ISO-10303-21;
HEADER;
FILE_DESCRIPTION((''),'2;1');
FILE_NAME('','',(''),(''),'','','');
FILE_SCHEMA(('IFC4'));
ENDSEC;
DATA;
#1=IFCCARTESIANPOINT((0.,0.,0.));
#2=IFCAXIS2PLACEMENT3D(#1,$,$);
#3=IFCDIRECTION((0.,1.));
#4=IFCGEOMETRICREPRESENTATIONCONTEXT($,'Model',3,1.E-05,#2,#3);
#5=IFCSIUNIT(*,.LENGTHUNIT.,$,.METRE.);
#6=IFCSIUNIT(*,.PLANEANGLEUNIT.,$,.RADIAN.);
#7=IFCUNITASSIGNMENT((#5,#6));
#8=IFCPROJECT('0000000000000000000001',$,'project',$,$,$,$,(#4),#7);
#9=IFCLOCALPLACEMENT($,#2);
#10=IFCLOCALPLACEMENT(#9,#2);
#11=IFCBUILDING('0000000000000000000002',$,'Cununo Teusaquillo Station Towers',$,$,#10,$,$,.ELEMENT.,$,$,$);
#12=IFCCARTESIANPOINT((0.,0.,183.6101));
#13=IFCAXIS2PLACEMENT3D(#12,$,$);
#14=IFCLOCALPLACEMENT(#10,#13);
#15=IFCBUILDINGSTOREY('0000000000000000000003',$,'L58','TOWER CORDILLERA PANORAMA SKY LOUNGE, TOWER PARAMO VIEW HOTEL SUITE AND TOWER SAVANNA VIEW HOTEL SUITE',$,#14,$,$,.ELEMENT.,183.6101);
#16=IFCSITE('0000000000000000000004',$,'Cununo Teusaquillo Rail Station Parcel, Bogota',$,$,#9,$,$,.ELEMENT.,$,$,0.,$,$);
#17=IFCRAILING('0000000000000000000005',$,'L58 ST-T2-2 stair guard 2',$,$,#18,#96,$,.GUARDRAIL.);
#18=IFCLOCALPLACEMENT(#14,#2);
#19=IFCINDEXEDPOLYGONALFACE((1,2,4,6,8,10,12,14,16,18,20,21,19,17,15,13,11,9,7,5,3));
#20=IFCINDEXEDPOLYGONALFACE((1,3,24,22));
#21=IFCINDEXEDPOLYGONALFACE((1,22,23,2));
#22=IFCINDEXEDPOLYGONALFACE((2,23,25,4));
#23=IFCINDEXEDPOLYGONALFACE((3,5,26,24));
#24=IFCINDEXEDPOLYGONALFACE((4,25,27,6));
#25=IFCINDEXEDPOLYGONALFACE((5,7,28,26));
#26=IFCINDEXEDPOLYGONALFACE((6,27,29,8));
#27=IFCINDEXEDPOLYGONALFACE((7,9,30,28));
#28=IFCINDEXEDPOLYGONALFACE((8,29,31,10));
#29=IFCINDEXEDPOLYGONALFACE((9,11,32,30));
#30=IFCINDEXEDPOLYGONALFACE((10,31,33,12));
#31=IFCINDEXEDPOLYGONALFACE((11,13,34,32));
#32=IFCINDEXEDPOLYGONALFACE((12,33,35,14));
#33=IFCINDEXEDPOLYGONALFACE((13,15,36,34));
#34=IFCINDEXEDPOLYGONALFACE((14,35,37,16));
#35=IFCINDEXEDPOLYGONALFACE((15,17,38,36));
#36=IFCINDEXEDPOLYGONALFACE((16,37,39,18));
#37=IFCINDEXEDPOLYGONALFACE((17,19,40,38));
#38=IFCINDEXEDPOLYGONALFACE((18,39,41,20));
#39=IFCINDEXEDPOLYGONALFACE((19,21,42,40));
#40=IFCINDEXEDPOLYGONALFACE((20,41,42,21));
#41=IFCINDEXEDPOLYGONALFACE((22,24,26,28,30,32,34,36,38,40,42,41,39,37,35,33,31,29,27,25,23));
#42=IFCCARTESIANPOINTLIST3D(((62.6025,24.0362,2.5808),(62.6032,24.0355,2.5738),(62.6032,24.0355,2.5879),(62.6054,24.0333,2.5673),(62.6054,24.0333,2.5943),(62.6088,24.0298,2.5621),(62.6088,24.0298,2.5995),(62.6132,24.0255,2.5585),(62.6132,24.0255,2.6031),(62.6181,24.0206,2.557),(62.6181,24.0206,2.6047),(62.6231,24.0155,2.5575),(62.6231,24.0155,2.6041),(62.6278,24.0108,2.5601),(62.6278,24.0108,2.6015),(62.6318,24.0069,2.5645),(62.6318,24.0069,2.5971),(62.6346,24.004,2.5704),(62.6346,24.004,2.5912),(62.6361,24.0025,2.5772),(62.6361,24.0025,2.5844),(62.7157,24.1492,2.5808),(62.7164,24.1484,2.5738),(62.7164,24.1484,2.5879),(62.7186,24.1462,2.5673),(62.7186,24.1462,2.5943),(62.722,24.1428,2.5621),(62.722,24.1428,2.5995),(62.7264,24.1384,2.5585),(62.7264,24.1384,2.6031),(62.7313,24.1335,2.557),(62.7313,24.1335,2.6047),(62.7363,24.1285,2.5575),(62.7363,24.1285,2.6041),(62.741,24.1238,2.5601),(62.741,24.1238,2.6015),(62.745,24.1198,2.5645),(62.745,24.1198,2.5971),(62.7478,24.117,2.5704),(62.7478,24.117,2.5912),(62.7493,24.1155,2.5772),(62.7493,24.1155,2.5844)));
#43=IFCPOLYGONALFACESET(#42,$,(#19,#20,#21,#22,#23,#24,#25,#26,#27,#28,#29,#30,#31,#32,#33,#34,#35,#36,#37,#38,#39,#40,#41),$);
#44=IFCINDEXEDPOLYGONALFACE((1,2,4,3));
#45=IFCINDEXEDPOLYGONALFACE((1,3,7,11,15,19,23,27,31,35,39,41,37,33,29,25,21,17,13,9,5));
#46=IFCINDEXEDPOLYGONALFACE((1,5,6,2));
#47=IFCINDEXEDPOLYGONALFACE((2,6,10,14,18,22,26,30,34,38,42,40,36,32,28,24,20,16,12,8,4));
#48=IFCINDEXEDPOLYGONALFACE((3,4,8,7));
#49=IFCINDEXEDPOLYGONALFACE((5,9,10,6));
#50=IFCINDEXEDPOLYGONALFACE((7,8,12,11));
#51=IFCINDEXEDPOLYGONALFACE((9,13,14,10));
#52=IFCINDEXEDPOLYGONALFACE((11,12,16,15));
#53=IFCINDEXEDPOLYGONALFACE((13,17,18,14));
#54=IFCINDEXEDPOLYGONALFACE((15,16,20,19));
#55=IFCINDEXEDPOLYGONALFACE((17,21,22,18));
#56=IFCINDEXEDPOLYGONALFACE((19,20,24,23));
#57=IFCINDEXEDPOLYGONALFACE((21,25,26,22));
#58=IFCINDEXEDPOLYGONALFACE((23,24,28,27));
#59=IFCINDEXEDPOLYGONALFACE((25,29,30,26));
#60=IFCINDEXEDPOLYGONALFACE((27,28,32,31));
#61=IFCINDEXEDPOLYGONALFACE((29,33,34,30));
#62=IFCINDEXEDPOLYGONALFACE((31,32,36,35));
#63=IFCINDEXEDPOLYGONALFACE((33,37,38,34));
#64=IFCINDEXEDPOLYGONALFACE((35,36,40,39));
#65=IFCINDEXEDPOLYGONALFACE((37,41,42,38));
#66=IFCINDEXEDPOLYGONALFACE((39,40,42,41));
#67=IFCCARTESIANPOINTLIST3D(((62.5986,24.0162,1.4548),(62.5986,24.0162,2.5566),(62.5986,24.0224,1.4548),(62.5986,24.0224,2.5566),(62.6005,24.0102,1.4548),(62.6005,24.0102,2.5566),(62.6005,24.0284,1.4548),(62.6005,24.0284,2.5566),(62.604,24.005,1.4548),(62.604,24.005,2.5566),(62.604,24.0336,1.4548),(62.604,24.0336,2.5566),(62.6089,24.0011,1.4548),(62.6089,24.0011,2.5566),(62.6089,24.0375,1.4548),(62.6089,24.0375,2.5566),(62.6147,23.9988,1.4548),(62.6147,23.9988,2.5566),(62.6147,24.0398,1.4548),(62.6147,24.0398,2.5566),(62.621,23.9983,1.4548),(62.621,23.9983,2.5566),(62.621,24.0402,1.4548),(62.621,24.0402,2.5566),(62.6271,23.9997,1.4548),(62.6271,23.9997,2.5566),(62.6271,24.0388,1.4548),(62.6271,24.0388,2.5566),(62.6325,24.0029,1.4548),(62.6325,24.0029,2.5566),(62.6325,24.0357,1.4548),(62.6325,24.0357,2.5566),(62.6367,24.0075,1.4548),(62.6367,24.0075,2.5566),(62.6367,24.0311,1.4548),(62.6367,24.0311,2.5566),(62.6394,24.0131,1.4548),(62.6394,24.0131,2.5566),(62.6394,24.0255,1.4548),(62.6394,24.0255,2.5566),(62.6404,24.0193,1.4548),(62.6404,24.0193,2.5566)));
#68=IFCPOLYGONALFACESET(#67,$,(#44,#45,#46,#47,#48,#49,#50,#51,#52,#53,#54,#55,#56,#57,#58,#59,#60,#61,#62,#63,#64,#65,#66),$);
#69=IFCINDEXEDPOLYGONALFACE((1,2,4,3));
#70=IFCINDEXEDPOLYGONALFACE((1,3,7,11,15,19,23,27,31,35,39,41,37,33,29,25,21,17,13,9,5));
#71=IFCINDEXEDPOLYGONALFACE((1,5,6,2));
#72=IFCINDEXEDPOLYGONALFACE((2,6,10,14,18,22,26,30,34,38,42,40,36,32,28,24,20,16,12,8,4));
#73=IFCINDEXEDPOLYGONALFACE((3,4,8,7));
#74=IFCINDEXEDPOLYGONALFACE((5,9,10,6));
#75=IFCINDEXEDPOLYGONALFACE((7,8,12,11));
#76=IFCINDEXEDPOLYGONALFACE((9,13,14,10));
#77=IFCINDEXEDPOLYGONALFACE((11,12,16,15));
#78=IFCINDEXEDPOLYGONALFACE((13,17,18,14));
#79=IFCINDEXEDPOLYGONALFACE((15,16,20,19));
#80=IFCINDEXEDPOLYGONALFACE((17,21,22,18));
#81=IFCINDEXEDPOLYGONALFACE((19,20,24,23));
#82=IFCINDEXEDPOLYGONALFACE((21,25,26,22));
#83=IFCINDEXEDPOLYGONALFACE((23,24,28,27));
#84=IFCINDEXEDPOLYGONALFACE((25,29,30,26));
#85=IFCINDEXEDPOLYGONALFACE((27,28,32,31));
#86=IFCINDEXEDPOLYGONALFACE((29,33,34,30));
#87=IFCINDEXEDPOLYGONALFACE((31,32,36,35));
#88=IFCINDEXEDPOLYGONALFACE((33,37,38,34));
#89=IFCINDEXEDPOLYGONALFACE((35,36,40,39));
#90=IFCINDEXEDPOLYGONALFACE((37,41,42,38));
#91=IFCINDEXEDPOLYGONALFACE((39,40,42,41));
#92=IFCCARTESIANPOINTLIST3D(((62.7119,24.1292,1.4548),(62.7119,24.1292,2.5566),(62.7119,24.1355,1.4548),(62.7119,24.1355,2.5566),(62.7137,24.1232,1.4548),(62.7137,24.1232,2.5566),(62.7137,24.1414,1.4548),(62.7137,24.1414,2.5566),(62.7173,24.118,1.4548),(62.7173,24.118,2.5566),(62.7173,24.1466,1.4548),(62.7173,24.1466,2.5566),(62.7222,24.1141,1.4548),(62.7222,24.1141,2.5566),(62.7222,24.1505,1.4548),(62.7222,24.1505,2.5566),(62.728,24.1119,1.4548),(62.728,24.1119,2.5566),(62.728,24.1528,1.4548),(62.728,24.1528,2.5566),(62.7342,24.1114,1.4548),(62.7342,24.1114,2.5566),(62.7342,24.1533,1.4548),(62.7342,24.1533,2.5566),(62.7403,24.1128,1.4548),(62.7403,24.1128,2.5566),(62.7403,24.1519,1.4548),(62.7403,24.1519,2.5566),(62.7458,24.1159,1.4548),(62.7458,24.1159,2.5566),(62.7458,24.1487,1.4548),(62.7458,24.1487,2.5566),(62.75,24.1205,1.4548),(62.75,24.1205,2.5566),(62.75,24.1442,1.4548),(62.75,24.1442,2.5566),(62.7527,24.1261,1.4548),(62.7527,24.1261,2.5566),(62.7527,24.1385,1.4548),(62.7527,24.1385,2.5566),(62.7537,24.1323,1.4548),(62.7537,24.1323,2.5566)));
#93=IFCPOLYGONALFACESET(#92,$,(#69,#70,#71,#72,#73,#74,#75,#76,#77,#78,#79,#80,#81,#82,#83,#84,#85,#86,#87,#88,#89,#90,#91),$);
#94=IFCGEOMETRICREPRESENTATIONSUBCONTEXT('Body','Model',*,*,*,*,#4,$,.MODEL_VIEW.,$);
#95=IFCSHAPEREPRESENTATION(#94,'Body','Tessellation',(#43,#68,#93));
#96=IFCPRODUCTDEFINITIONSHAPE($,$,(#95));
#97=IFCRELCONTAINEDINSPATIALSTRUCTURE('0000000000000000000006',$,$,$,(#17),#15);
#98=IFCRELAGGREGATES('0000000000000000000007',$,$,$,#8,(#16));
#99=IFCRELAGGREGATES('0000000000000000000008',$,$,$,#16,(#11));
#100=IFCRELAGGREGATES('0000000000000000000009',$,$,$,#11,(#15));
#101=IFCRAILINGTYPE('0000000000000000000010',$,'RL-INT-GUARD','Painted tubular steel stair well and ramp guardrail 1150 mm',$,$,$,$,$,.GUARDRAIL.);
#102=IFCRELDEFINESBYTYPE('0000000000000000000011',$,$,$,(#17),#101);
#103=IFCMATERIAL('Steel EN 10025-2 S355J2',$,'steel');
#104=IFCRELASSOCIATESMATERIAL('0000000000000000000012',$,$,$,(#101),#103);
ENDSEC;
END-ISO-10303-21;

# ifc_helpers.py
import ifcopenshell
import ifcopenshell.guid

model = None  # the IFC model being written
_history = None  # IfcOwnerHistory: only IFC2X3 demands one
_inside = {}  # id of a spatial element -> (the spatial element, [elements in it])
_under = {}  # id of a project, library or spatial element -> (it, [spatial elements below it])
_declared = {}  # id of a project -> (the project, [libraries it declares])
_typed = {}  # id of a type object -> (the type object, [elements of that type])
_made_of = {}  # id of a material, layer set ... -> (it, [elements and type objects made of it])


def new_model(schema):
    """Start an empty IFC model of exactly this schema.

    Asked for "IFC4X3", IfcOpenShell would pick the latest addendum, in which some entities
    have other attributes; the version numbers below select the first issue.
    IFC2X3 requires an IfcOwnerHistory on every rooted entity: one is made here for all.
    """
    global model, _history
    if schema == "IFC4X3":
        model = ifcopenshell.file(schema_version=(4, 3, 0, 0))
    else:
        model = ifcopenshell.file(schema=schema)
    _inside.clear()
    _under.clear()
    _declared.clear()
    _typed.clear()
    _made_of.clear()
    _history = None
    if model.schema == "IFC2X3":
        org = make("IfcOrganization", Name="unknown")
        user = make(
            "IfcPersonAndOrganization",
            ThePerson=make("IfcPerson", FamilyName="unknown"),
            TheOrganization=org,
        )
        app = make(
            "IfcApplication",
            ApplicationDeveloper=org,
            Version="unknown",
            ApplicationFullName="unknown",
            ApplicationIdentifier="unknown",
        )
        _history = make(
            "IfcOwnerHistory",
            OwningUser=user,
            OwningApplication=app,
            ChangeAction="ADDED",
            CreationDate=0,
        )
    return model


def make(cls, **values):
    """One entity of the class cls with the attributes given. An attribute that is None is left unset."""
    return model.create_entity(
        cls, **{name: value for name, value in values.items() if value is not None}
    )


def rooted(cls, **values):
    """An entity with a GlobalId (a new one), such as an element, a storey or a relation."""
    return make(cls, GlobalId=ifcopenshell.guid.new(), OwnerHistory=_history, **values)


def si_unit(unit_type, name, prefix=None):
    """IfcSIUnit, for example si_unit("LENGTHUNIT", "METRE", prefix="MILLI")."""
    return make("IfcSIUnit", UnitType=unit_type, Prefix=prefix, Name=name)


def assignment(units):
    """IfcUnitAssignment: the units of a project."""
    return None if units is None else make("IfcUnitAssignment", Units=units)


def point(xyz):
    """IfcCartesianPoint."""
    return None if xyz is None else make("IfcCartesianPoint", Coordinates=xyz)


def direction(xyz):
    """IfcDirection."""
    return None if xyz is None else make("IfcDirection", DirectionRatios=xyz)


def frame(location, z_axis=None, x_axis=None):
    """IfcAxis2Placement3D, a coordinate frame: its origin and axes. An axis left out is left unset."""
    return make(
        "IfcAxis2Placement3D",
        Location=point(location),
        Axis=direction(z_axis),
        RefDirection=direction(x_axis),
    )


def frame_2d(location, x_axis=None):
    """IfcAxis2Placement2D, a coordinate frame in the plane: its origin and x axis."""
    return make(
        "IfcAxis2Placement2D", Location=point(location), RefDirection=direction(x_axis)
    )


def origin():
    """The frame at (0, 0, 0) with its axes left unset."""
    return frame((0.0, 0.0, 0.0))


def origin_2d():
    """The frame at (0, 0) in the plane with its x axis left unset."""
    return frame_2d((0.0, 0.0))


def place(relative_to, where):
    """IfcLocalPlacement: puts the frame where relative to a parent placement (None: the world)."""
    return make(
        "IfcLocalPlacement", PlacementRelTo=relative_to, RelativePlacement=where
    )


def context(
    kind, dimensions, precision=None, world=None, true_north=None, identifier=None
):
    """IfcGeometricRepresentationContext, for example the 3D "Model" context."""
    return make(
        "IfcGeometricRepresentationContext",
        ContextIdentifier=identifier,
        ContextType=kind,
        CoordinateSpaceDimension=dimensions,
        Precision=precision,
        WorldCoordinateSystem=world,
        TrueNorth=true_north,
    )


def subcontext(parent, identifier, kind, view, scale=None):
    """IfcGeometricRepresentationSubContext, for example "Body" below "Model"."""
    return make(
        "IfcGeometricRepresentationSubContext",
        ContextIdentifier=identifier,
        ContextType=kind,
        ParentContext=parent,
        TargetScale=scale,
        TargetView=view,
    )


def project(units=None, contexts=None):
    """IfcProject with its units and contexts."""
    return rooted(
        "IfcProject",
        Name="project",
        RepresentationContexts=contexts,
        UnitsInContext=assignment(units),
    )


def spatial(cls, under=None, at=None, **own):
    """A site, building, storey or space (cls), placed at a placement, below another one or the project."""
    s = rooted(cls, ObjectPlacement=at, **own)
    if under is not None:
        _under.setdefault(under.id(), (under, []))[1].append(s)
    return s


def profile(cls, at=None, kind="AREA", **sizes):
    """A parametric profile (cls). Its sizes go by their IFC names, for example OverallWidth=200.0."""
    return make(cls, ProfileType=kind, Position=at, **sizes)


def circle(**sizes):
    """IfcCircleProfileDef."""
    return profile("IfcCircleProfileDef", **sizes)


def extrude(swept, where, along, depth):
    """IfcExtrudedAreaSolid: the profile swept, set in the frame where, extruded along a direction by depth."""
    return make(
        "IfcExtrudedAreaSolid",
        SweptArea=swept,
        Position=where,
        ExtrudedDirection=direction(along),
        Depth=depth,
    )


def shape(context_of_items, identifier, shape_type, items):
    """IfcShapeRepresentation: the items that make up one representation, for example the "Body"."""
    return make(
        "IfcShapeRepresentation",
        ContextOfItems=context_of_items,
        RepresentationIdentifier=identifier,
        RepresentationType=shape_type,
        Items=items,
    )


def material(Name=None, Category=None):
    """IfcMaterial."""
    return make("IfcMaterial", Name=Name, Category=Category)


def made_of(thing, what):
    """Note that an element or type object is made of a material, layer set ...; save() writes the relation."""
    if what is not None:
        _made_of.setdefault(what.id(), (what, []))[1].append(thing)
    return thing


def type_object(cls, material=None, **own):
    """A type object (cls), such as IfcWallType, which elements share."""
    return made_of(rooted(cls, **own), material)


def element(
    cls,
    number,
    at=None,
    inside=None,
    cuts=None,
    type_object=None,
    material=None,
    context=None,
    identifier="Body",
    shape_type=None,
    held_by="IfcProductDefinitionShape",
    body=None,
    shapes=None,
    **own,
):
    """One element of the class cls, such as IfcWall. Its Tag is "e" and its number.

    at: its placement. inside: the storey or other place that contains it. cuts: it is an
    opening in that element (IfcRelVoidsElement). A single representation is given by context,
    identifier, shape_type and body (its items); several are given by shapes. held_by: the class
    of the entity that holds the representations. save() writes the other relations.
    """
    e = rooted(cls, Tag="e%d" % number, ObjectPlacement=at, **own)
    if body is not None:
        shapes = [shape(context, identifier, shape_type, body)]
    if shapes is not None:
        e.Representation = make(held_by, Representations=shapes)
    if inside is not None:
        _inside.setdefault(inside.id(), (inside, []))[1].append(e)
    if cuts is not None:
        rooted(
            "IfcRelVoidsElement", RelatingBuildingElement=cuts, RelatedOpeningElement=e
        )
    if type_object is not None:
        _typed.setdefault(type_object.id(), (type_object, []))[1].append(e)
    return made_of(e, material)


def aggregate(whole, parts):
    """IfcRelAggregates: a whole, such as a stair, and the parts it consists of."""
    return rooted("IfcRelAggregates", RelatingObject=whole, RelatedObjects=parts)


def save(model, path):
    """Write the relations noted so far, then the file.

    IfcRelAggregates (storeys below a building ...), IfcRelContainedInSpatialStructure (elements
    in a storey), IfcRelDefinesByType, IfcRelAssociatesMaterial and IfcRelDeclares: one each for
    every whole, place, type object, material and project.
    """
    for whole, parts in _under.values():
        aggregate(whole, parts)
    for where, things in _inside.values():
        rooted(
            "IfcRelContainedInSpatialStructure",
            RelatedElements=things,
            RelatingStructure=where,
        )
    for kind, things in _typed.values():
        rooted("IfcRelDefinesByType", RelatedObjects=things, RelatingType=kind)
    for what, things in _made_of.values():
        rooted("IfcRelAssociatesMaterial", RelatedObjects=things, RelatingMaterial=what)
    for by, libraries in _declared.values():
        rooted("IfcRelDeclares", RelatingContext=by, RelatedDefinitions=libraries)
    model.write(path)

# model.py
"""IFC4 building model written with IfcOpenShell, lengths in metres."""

from ifc_helpers import new_model, si_unit, direction, frame, origin, origin_2d, place, context, subcontext, project, spatial, circle, extrude, material, type_object, element, save


model = new_model("IFC4")

# Units and contexts
model_context = context("Model", 3, precision=1e-05, world=origin(), true_north=direction((0.0, 1.0)))
body_context = subcontext(model_context, "Body", "Model", "MODEL_VIEW")
ifc_project = project(units=[si_unit("LENGTHUNIT", "METRE"), si_unit("PLANEANGLEUNIT", "RADIAN")], contexts=[model_context])

# Site, building, storey
site_placement = place(None, origin())
site = spatial("IfcSite", under=ifc_project, at=site_placement, Name="Cununo Teusaquillo Rail Station Parcel, Bogota", CompositionType="ELEMENT", RefElevation=0.0)
building_placement = place(site_placement, origin())
building = spatial("IfcBuilding", under=site, at=building_placement, Name="Cununo Teusaquillo Station Towers", CompositionType="ELEMENT")
storey_placement = place(building_placement, frame((0.0, 0.0, 183.6101)))
storey = spatial("IfcBuildingStorey", under=building, at=storey_placement, Name="L58", Description="TOWER CORDILLERA PANORAMA SKY LOUNGE, TOWER PARAMO VIEW HOTEL SUITE AND TOWER SAVANNA VIEW HOTEL SUITE", CompositionType="ELEMENT", Elevation=183.6101)

# Railing
ifc_material_1 = material(Name="Steel EN 10025-2 S355J2", Category="steel")
railing_type_1 = type_object("IfcRailingType", Name="RL-INT-GUARD", Description="Painted tubular steel stair well and ramp guardrail 1150 mm", PredefinedType="GUARDRAIL", material=ifc_material_1)
railing_1_placement = place(storey_placement, frame((62.6194, 24.0193, 1.4548)))
element("IfcRailing", 1, at=railing_1_placement, inside=storey, type_object=railing_type_1, Name="L58 ST-T2-2 stair guard 2", PredefinedType="GUARDRAIL", context=body_context, shape_type="SweptSolid", body=[
    extrude(circle(Radius=0.0239, at=origin_2d()), frame((0.0, 0.0, 1.126), z_axis=(0.707869, 0.706344, 0.0), x_axis=(-0.706344, 0.707869, 0.0)), (0.0, 0.0, 1.0), 0.1599),
    extrude(circle(Radius=0.021, at=origin_2d()), origin(), (0.0, 0.0, 1.0), 1.1018),
    extrude(circle(Radius=0.021, at=origin_2d()), frame((0.1133, 0.113, 0.0)), (0.0, 0.0, 1.0), 1.1018),
])

save(model, "model.ifc")
